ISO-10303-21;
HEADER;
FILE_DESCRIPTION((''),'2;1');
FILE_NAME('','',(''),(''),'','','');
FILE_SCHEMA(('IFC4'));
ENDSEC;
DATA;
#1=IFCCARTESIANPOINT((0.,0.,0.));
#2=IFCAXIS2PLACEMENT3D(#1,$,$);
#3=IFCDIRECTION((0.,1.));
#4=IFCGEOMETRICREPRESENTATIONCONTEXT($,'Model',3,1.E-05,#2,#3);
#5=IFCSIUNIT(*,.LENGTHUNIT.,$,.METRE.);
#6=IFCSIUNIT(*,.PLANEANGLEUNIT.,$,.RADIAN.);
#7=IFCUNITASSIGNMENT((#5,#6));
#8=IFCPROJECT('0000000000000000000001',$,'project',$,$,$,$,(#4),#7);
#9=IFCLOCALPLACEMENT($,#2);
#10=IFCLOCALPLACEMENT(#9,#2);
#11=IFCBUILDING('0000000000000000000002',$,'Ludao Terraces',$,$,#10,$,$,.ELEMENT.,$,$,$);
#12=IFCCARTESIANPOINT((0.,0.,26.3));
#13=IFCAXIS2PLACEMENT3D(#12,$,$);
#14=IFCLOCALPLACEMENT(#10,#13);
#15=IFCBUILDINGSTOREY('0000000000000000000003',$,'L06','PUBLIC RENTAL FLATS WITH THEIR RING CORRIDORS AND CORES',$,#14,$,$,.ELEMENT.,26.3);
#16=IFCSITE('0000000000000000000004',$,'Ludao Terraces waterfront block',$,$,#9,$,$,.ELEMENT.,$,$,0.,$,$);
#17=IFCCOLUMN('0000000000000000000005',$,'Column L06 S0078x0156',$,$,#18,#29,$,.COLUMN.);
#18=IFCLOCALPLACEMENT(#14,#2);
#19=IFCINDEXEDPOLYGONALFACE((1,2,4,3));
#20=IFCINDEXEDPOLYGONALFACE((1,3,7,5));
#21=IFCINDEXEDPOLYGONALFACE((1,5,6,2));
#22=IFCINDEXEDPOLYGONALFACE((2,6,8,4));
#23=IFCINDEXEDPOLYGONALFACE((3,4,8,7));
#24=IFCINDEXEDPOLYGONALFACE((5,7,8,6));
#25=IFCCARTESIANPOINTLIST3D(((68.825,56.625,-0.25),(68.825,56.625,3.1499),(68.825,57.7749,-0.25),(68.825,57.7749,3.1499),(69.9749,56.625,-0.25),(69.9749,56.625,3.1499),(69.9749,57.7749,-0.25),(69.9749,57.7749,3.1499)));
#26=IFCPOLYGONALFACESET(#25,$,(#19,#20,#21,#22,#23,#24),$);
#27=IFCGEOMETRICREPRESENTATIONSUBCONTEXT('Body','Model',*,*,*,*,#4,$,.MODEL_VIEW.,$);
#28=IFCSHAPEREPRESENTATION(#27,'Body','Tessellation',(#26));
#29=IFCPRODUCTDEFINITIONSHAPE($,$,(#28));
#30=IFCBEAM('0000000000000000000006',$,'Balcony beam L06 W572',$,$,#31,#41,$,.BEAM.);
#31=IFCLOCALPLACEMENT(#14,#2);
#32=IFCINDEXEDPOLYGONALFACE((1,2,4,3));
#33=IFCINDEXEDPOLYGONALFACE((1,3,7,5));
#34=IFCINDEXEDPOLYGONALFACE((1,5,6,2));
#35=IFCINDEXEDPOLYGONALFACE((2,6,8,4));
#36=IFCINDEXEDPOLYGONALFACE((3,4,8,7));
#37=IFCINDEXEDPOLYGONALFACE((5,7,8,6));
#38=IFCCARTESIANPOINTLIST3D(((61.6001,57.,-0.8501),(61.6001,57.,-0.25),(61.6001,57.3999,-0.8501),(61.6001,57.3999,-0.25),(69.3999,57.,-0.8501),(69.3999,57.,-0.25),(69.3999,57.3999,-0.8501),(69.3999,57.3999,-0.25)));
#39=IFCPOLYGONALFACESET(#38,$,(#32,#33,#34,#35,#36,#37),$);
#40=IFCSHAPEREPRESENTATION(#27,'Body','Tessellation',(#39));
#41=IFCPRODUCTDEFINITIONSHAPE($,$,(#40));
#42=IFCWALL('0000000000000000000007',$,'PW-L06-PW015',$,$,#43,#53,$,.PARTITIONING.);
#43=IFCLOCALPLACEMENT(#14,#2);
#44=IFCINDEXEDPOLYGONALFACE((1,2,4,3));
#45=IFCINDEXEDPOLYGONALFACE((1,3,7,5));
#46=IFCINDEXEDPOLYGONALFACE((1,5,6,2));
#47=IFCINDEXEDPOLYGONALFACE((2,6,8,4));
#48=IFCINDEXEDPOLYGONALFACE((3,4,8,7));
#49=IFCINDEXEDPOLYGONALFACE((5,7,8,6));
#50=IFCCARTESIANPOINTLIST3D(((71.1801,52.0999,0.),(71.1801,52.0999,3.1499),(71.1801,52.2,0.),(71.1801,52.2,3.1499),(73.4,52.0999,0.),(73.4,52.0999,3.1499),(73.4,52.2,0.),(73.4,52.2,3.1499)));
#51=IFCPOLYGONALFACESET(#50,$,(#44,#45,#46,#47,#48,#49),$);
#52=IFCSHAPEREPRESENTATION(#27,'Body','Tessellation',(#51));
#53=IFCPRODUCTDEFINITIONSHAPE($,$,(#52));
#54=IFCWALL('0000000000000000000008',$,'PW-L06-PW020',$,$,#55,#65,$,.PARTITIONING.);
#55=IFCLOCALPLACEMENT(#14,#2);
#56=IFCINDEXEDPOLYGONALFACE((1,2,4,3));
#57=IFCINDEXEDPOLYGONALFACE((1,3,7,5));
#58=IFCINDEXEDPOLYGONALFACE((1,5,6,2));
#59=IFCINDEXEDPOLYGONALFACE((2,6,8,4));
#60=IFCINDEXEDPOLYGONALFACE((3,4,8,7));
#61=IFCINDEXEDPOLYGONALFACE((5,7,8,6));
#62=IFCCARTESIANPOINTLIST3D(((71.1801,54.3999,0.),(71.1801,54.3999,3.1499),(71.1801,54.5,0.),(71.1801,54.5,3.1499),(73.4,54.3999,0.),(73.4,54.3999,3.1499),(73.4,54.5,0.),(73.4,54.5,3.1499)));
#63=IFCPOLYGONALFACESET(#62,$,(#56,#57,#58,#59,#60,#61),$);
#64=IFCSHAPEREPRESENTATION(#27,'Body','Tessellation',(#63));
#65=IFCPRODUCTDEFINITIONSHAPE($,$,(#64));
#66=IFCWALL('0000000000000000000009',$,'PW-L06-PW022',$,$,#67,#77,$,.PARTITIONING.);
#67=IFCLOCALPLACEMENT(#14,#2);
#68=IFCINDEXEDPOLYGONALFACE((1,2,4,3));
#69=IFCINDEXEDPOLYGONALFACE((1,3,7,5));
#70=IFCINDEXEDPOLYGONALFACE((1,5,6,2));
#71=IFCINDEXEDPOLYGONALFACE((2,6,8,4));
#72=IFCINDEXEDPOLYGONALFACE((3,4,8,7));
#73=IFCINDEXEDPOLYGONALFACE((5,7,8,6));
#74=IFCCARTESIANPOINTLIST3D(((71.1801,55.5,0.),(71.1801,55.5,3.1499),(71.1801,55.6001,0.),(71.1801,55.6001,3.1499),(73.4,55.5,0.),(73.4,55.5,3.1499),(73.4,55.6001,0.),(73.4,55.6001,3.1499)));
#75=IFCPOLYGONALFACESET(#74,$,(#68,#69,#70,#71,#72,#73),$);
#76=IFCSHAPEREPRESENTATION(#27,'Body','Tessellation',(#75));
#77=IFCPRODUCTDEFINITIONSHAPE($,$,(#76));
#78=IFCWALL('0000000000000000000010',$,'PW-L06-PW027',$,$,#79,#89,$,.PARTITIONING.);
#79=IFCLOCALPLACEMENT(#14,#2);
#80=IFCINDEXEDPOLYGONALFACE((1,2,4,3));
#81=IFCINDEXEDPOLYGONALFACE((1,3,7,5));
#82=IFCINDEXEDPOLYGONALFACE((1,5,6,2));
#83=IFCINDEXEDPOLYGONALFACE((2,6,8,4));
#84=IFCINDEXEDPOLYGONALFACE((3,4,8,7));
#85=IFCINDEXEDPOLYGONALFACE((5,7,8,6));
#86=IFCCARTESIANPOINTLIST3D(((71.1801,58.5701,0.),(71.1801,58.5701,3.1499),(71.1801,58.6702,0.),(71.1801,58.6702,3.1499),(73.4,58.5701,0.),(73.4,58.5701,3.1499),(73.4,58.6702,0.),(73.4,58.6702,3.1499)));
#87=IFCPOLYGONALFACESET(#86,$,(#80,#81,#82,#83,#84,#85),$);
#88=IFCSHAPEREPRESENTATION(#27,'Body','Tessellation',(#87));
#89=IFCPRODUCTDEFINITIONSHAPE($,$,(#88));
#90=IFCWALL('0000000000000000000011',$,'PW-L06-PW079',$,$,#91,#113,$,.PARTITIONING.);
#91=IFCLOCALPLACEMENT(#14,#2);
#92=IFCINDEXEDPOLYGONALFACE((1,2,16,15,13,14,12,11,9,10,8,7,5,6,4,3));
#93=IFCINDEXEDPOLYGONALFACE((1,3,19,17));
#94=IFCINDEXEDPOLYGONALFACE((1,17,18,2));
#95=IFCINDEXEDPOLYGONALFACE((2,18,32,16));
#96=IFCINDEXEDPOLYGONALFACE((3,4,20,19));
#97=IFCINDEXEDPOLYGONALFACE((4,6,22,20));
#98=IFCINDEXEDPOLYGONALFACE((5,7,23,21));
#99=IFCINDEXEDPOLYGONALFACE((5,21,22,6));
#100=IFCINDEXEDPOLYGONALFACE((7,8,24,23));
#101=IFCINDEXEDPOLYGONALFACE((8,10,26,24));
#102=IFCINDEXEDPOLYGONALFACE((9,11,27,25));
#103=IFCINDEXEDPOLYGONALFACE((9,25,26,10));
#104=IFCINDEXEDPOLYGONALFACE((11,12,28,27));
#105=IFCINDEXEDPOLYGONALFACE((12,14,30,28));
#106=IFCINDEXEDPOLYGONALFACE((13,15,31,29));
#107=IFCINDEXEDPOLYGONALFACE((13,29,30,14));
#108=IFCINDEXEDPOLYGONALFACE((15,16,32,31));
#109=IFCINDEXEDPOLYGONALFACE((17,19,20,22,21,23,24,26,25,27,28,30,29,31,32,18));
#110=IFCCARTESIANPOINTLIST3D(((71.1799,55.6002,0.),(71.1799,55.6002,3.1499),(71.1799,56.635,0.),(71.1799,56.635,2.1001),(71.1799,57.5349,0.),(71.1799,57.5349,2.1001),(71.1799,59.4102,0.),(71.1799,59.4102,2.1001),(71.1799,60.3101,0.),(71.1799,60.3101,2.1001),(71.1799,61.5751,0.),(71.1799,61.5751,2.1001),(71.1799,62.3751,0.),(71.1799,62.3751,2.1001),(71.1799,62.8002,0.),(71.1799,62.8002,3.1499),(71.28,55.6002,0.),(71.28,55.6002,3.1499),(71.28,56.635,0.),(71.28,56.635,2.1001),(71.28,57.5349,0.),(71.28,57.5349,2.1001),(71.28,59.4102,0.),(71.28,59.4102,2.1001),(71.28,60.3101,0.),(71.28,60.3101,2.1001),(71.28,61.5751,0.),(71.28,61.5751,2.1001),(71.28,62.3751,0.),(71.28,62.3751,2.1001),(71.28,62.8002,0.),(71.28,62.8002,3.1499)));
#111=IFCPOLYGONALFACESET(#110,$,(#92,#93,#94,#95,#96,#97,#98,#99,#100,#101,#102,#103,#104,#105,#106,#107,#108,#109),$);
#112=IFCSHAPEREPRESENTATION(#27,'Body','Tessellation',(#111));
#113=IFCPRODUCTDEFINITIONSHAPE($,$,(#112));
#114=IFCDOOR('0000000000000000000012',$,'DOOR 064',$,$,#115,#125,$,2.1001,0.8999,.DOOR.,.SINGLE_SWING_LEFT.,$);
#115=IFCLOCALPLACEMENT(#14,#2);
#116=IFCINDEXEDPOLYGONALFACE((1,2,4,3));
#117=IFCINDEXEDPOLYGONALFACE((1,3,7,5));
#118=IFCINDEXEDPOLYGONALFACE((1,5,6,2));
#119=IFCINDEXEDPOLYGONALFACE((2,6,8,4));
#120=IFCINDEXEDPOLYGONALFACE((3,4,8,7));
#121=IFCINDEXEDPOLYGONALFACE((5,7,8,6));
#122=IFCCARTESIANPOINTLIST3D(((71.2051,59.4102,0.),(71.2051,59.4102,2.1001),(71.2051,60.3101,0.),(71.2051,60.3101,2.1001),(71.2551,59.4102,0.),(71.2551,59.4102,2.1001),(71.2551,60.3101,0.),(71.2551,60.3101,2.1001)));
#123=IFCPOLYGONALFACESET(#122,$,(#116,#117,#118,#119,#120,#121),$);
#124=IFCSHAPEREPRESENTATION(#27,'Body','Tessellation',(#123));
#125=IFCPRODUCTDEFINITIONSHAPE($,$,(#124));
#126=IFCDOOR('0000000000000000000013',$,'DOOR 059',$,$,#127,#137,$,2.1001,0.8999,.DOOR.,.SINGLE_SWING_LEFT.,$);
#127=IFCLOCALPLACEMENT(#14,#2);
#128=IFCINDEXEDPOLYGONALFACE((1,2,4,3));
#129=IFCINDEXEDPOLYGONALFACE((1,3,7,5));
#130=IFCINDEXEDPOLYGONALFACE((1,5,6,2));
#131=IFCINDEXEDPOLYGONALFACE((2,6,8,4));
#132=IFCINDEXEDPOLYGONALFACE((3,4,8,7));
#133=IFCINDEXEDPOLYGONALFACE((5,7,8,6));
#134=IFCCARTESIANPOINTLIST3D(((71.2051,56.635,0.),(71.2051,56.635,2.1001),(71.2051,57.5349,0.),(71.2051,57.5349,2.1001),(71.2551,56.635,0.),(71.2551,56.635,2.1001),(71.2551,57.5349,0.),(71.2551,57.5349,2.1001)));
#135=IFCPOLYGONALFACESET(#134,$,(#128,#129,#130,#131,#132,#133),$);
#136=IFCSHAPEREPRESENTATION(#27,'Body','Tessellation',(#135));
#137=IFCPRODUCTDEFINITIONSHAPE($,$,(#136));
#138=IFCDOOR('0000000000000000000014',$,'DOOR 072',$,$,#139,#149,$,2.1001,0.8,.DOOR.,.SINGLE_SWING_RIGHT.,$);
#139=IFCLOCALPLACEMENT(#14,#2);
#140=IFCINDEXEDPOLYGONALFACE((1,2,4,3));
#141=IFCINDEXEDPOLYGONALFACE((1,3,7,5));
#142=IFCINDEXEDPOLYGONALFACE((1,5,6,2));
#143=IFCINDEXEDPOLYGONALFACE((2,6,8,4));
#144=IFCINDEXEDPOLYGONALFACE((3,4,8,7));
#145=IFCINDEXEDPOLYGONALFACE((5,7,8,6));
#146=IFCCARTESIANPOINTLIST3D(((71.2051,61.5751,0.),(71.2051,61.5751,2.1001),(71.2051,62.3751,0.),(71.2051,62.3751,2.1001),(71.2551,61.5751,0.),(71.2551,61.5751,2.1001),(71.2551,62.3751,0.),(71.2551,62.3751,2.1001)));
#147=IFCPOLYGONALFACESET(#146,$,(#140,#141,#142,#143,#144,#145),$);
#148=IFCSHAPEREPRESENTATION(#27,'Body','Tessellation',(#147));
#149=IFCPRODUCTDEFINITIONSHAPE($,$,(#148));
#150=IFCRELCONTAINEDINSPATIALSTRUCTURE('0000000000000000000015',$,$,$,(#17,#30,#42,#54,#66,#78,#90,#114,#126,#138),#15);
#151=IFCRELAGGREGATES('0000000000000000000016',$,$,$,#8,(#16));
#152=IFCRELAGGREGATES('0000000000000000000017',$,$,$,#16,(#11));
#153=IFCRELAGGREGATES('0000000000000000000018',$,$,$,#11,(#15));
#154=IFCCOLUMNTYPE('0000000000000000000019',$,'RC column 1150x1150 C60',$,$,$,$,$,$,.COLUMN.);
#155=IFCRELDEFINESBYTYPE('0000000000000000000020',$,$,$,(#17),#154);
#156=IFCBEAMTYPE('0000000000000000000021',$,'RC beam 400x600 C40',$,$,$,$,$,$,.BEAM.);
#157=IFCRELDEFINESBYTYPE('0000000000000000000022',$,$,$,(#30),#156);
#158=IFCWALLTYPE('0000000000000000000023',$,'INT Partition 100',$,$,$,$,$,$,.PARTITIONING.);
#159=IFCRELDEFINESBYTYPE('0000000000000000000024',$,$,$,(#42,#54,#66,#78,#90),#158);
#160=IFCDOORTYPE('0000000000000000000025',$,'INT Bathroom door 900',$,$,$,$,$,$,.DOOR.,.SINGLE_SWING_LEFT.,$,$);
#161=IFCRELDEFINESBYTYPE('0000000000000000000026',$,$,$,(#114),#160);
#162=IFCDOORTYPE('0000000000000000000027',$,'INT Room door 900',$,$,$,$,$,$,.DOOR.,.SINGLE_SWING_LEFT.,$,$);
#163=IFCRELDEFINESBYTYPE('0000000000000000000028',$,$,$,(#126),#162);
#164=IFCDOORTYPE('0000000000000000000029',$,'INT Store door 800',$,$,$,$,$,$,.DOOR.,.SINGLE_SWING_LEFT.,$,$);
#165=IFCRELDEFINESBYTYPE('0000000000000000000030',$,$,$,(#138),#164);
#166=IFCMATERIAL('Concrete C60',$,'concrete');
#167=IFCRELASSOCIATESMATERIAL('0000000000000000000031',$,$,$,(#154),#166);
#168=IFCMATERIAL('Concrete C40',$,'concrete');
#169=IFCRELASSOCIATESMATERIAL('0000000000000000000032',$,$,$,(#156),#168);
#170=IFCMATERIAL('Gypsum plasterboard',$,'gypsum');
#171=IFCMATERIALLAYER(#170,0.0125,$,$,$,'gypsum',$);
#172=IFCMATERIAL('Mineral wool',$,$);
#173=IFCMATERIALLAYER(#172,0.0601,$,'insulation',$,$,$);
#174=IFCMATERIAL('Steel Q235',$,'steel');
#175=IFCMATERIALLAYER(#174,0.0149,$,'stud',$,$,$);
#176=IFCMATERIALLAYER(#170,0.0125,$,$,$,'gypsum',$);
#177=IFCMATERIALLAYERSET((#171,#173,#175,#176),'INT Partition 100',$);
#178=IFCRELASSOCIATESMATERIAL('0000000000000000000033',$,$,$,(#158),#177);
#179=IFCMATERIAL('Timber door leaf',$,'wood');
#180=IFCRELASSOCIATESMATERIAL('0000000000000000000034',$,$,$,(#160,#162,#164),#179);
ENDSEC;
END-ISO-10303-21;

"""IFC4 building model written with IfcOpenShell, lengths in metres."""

from ifc_helpers import new_model, si_unit, direction, frame, frame_2d, origin, origin_2d, place, context, subcontext, project, spatial, rectangle, extrude, material, layer, layer_set, material_profile, profile_set, type_object, element, fill, save


model = new_model("IFC4")

# Units and contexts
model_context = context("Model", 3, precision=1e-05, world=origin(), true_north=direction((0.0, 1.0)))
body_context = subcontext(model_context, "Body", "Model", "MODEL_VIEW")
ifc_project = project(units=[si_unit("LENGTHUNIT", "METRE"), si_unit("PLANEANGLEUNIT", "RADIAN")], contexts=[model_context])

# Site, building, storey
site_placement = place(None, origin())
site = spatial("IfcSite", under=ifc_project, at=site_placement, Name="Ludao Terraces waterfront block", CompositionType="ELEMENT", RefElevation=0.0)
building_placement = place(site_placement, origin())
building = spatial("IfcBuilding", under=site, at=building_placement, Name="Ludao Terraces", CompositionType="ELEMENT")
storey_placement = place(building_placement, frame((0.0, 0.0, 26.3)))
storey = spatial("IfcBuildingStorey", under=building, at=storey_placement, Name="L06", Description="PUBLIC RENTAL FLATS WITH THEIR RING CORRIDORS AND CORES", CompositionType="ELEMENT", Elevation=26.3)

# Column
ifc_material_1 = material(Name="Concrete C60", Category="concrete")
ifc_material_profile_1 = material_profile(ifc_material_1, rectangle(XDim=1.1499, YDim=1.1499, at=origin_2d()), Name="1150 X 1150")
ifc_profile_set_1 = profile_set([ifc_material_profile_1], Name="Concrete C60")
column_type = type_object("IfcColumnType", Name="RC column 1150x1150 C60", PredefinedType="COLUMN", material=ifc_profile_set_1)
column_placement = place(storey_placement, frame((69.3999, 57.2, -0.25), z_axis=(0.0, 0.0, 1.0), x_axis=(1.0, 0.0, 0.0)))
element("IfcColumn", 1, at=column_placement, inside=storey, type_object=column_type, Name="Column L06 S0078x0156", PredefinedType="COLUMN", context=body_context, shape_type="SweptSolid", body=[
    extrude(rectangle(XDim=1.1499, YDim=1.1499, at=origin_2d()), origin(), (0.0, 0.0, 1.0), 3.3999),
])

# Beam
ifc_material_2 = material(Name="Concrete C40", Category="concrete")
ifc_material_profile_2 = material_profile(ifc_material_2, rectangle(XDim=0.3999, YDim=0.6001, at=origin_2d()), Name="400 X 600")
ifc_profile_set_2 = profile_set([ifc_material_profile_2], Name="Concrete C40")
beam_type = type_object("IfcBeamType", Name="RC beam 400x600 C40", PredefinedType="BEAM", material=ifc_profile_set_2)
beam_placement = place(storey_placement, frame((69.3999, 57.2, -0.55), z_axis=(-1.0, 0.0, 0.0), x_axis=(0.0, -1.0, 0.0)))
element("IfcBeam", 2, at=beam_placement, inside=storey, type_object=beam_type, Name="Balcony beam L06 W572", PredefinedType="BEAM", context=body_context, shape_type="SweptSolid", body=[
    extrude(rectangle(XDim=0.3999, YDim=0.6001, at=origin_2d()), origin(), (0.0, 0.0, 1.0), 7.7998),
])

# Walls
ifc_material_3 = material(Name="Gypsum plasterboard", Category="gypsum")
ifc_layer_1 = layer(ifc_material_3, 0.0125, Category="gypsum")
ifc_material_4 = material(Name="Mineral wool")
ifc_layer_2 = layer(ifc_material_4, 0.0601, Name="insulation")
ifc_material_5 = material(Name="Steel Q235", Category="steel")
ifc_layer_3 = layer(ifc_material_5, 0.0149, Name="stud")
ifc_layer_4 = layer(ifc_material_3, 0.0125, Category="gypsum")
ifc_layer_set = layer_set([ifc_layer_1, ifc_layer_2, ifc_layer_3, ifc_layer_4], Name="INT Partition 100")
wall_type = type_object("IfcWallType", Name="INT Partition 100", PredefinedType="PARTITIONING", material=ifc_layer_set)
for number, where, z_axis, x_axis, name in (
    (3, (71.1802, 52.1499, 0.0), (0.0, 0.0, 1.0), (1.0, 0.0, 0.0), "PW-L06-PW015"),
    (4, (71.1802, 54.45, 0.0), (0.0, 0.0, 1.0), (1.0, 0.0, 0.0), "PW-L06-PW020"),
    (5, (71.1802, 55.55, 0.0), (0.0, 0.0, 1.0), (1.0, 0.0, 0.0), "PW-L06-PW022"),
    (6, (71.1802, 58.6201, 0.0), (0.0, 0.0, 1.0), (1.0, 0.0, 0.0), "PW-L06-PW027"),
):
    element("IfcWall", number, at=place(storey_placement, frame(where, z_axis=z_axis, x_axis=x_axis)), inside=storey, type_object=wall_type, Name=name, PredefinedType="PARTITIONING", context=body_context, shape_type="SweptSolid", body=[
        extrude(rectangle(XDim=2.22, YDim=0.1001, at=frame_2d((1.1099, 0.0))), origin(), (0.0, 0.0, 1.0), 3.1499),
    ])

# Wall, openings, doors
wall_placement = place(storey_placement, frame((71.23, 55.6001, 0.0), z_axis=(0.0, 0.0, 1.0), x_axis=(0.0, 1.0, 0.0)))
wall = element("IfcWall", 7, at=wall_placement, inside=storey, type_object=wall_type, Name="PW-L06-PW079", PredefinedType="PARTITIONING", context=body_context, shape_type="SweptSolid", body=[
    extrude(rectangle(XDim=7.2, YDim=0.1001, at=frame_2d((3.6001, 0.0))), origin(), (0.0, 0.0, 1.0), 3.1499),
])
opening_1_placement = place(wall_placement, frame((1.0349, 0.0, 0.0)))
opening_1 = element("IfcOpeningElement", 8, at=opening_1_placement, cuts=wall, PredefinedType="OPENING", context=body_context, shape_type="SweptSolid", body=[
    extrude(rectangle(XDim=0.8999, YDim=2.1001, at=frame_2d((0.45, 1.05))), frame((0.0, 0.0601, 0.0), z_axis=(0.0, -1.0, 0.0), x_axis=(1.0, 0.0, 0.0)), (0.0, 0.0, 1.0), 0.1201),
])
opening_2_placement = place(wall_placement, frame((3.8101, 0.0, 0.0)))
opening_2 = element("IfcOpeningElement", 9, at=opening_2_placement, cuts=wall, PredefinedType="OPENING", context=body_context, shape_type="SweptSolid", body=[
    extrude(rectangle(XDim=0.8999, YDim=2.1001, at=frame_2d((0.45, 1.05))), frame((0.0, 0.0601, 0.0), z_axis=(0.0, -1.0, 0.0), x_axis=(1.0, 0.0, 0.0)), (0.0, 0.0, 1.0), 0.1201),
])
opening_3_placement = place(wall_placement, frame((5.9751, 0.0, 0.0)))
opening_3 = element("IfcOpeningElement", 10, at=opening_3_placement, cuts=wall, PredefinedType="OPENING", context=body_context, shape_type="SweptSolid", body=[
    extrude(rectangle(XDim=0.8, YDim=2.1001, at=frame_2d((0.3999, 1.05))), frame((0.0, 0.0601, 0.0), z_axis=(0.0, -1.0, 0.0), x_axis=(1.0, 0.0, 0.0)), (0.0, 0.0, 1.0), 0.1201),
])
ifc_material_6 = material(Name="Timber door leaf", Category="wood")
door_type_1 = type_object("IfcDoorType", Name="INT Bathroom door 900", OperationType="SINGLE_SWING_LEFT", PredefinedType="DOOR", material=ifc_material_6)
door_1_placement = place(opening_2_placement, origin())
door_1 = element("IfcDoor", 11, at=door_1_placement, inside=storey, type_object=door_type_1, Name="DOOR 064", OperationType="SINGLE_SWING_LEFT", OverallHeight=2.1001, OverallWidth=0.8999, PredefinedType="DOOR", context=body_context, shape_type="SweptSolid", body=[
    extrude(rectangle(XDim=0.8999, YDim=2.1001, at=frame_2d((0.45, 1.05))), frame((0.0, 0.0249, 0.0), z_axis=(0.0, -1.0, 0.0), x_axis=(1.0, 0.0, 0.0)), (0.0, 0.0, 1.0), 0.05),
])
fill(opening_2, door_1)
door_type_2 = type_object("IfcDoorType", Name="INT Room door 900", OperationType="SINGLE_SWING_LEFT", PredefinedType="DOOR", material=ifc_material_6)
door_2_placement = place(opening_1_placement, origin())
door_2 = element("IfcDoor", 12, at=door_2_placement, inside=storey, type_object=door_type_2, Name="DOOR 059", OperationType="SINGLE_SWING_LEFT", OverallHeight=2.1001, OverallWidth=0.8999, PredefinedType="DOOR", context=body_context, shape_type="SweptSolid", body=[
    extrude(rectangle(XDim=0.8999, YDim=2.1001, at=frame_2d((0.45, 1.05))), frame((0.0, 0.0249, 0.0), z_axis=(0.0, -1.0, 0.0), x_axis=(1.0, 0.0, 0.0)), (0.0, 0.0, 1.0), 0.05),
])
fill(opening_1, door_2)
door_type_3 = type_object("IfcDoorType", Name="INT Store door 800", OperationType="SINGLE_SWING_LEFT", PredefinedType="DOOR", material=ifc_material_6)
door_3_placement = place(opening_3_placement, origin())
door_3 = element("IfcDoor", 13, at=door_3_placement, inside=storey, type_object=door_type_3, Name="DOOR 072", OperationType="SINGLE_SWING_RIGHT", OverallHeight=2.1001, OverallWidth=0.8, PredefinedType="DOOR", context=body_context, shape_type="SweptSolid", body=[
    extrude(rectangle(XDim=0.8, YDim=2.1001, at=frame_2d((0.3999, 1.05))), frame((0.0, 0.0249, 0.0), z_axis=(0.0, -1.0, 0.0), x_axis=(1.0, 0.0, 0.0)), (0.0, 0.0, 1.0), 0.05),
])
fill(opening_3, door_3)

save(model, "model.ifc")
